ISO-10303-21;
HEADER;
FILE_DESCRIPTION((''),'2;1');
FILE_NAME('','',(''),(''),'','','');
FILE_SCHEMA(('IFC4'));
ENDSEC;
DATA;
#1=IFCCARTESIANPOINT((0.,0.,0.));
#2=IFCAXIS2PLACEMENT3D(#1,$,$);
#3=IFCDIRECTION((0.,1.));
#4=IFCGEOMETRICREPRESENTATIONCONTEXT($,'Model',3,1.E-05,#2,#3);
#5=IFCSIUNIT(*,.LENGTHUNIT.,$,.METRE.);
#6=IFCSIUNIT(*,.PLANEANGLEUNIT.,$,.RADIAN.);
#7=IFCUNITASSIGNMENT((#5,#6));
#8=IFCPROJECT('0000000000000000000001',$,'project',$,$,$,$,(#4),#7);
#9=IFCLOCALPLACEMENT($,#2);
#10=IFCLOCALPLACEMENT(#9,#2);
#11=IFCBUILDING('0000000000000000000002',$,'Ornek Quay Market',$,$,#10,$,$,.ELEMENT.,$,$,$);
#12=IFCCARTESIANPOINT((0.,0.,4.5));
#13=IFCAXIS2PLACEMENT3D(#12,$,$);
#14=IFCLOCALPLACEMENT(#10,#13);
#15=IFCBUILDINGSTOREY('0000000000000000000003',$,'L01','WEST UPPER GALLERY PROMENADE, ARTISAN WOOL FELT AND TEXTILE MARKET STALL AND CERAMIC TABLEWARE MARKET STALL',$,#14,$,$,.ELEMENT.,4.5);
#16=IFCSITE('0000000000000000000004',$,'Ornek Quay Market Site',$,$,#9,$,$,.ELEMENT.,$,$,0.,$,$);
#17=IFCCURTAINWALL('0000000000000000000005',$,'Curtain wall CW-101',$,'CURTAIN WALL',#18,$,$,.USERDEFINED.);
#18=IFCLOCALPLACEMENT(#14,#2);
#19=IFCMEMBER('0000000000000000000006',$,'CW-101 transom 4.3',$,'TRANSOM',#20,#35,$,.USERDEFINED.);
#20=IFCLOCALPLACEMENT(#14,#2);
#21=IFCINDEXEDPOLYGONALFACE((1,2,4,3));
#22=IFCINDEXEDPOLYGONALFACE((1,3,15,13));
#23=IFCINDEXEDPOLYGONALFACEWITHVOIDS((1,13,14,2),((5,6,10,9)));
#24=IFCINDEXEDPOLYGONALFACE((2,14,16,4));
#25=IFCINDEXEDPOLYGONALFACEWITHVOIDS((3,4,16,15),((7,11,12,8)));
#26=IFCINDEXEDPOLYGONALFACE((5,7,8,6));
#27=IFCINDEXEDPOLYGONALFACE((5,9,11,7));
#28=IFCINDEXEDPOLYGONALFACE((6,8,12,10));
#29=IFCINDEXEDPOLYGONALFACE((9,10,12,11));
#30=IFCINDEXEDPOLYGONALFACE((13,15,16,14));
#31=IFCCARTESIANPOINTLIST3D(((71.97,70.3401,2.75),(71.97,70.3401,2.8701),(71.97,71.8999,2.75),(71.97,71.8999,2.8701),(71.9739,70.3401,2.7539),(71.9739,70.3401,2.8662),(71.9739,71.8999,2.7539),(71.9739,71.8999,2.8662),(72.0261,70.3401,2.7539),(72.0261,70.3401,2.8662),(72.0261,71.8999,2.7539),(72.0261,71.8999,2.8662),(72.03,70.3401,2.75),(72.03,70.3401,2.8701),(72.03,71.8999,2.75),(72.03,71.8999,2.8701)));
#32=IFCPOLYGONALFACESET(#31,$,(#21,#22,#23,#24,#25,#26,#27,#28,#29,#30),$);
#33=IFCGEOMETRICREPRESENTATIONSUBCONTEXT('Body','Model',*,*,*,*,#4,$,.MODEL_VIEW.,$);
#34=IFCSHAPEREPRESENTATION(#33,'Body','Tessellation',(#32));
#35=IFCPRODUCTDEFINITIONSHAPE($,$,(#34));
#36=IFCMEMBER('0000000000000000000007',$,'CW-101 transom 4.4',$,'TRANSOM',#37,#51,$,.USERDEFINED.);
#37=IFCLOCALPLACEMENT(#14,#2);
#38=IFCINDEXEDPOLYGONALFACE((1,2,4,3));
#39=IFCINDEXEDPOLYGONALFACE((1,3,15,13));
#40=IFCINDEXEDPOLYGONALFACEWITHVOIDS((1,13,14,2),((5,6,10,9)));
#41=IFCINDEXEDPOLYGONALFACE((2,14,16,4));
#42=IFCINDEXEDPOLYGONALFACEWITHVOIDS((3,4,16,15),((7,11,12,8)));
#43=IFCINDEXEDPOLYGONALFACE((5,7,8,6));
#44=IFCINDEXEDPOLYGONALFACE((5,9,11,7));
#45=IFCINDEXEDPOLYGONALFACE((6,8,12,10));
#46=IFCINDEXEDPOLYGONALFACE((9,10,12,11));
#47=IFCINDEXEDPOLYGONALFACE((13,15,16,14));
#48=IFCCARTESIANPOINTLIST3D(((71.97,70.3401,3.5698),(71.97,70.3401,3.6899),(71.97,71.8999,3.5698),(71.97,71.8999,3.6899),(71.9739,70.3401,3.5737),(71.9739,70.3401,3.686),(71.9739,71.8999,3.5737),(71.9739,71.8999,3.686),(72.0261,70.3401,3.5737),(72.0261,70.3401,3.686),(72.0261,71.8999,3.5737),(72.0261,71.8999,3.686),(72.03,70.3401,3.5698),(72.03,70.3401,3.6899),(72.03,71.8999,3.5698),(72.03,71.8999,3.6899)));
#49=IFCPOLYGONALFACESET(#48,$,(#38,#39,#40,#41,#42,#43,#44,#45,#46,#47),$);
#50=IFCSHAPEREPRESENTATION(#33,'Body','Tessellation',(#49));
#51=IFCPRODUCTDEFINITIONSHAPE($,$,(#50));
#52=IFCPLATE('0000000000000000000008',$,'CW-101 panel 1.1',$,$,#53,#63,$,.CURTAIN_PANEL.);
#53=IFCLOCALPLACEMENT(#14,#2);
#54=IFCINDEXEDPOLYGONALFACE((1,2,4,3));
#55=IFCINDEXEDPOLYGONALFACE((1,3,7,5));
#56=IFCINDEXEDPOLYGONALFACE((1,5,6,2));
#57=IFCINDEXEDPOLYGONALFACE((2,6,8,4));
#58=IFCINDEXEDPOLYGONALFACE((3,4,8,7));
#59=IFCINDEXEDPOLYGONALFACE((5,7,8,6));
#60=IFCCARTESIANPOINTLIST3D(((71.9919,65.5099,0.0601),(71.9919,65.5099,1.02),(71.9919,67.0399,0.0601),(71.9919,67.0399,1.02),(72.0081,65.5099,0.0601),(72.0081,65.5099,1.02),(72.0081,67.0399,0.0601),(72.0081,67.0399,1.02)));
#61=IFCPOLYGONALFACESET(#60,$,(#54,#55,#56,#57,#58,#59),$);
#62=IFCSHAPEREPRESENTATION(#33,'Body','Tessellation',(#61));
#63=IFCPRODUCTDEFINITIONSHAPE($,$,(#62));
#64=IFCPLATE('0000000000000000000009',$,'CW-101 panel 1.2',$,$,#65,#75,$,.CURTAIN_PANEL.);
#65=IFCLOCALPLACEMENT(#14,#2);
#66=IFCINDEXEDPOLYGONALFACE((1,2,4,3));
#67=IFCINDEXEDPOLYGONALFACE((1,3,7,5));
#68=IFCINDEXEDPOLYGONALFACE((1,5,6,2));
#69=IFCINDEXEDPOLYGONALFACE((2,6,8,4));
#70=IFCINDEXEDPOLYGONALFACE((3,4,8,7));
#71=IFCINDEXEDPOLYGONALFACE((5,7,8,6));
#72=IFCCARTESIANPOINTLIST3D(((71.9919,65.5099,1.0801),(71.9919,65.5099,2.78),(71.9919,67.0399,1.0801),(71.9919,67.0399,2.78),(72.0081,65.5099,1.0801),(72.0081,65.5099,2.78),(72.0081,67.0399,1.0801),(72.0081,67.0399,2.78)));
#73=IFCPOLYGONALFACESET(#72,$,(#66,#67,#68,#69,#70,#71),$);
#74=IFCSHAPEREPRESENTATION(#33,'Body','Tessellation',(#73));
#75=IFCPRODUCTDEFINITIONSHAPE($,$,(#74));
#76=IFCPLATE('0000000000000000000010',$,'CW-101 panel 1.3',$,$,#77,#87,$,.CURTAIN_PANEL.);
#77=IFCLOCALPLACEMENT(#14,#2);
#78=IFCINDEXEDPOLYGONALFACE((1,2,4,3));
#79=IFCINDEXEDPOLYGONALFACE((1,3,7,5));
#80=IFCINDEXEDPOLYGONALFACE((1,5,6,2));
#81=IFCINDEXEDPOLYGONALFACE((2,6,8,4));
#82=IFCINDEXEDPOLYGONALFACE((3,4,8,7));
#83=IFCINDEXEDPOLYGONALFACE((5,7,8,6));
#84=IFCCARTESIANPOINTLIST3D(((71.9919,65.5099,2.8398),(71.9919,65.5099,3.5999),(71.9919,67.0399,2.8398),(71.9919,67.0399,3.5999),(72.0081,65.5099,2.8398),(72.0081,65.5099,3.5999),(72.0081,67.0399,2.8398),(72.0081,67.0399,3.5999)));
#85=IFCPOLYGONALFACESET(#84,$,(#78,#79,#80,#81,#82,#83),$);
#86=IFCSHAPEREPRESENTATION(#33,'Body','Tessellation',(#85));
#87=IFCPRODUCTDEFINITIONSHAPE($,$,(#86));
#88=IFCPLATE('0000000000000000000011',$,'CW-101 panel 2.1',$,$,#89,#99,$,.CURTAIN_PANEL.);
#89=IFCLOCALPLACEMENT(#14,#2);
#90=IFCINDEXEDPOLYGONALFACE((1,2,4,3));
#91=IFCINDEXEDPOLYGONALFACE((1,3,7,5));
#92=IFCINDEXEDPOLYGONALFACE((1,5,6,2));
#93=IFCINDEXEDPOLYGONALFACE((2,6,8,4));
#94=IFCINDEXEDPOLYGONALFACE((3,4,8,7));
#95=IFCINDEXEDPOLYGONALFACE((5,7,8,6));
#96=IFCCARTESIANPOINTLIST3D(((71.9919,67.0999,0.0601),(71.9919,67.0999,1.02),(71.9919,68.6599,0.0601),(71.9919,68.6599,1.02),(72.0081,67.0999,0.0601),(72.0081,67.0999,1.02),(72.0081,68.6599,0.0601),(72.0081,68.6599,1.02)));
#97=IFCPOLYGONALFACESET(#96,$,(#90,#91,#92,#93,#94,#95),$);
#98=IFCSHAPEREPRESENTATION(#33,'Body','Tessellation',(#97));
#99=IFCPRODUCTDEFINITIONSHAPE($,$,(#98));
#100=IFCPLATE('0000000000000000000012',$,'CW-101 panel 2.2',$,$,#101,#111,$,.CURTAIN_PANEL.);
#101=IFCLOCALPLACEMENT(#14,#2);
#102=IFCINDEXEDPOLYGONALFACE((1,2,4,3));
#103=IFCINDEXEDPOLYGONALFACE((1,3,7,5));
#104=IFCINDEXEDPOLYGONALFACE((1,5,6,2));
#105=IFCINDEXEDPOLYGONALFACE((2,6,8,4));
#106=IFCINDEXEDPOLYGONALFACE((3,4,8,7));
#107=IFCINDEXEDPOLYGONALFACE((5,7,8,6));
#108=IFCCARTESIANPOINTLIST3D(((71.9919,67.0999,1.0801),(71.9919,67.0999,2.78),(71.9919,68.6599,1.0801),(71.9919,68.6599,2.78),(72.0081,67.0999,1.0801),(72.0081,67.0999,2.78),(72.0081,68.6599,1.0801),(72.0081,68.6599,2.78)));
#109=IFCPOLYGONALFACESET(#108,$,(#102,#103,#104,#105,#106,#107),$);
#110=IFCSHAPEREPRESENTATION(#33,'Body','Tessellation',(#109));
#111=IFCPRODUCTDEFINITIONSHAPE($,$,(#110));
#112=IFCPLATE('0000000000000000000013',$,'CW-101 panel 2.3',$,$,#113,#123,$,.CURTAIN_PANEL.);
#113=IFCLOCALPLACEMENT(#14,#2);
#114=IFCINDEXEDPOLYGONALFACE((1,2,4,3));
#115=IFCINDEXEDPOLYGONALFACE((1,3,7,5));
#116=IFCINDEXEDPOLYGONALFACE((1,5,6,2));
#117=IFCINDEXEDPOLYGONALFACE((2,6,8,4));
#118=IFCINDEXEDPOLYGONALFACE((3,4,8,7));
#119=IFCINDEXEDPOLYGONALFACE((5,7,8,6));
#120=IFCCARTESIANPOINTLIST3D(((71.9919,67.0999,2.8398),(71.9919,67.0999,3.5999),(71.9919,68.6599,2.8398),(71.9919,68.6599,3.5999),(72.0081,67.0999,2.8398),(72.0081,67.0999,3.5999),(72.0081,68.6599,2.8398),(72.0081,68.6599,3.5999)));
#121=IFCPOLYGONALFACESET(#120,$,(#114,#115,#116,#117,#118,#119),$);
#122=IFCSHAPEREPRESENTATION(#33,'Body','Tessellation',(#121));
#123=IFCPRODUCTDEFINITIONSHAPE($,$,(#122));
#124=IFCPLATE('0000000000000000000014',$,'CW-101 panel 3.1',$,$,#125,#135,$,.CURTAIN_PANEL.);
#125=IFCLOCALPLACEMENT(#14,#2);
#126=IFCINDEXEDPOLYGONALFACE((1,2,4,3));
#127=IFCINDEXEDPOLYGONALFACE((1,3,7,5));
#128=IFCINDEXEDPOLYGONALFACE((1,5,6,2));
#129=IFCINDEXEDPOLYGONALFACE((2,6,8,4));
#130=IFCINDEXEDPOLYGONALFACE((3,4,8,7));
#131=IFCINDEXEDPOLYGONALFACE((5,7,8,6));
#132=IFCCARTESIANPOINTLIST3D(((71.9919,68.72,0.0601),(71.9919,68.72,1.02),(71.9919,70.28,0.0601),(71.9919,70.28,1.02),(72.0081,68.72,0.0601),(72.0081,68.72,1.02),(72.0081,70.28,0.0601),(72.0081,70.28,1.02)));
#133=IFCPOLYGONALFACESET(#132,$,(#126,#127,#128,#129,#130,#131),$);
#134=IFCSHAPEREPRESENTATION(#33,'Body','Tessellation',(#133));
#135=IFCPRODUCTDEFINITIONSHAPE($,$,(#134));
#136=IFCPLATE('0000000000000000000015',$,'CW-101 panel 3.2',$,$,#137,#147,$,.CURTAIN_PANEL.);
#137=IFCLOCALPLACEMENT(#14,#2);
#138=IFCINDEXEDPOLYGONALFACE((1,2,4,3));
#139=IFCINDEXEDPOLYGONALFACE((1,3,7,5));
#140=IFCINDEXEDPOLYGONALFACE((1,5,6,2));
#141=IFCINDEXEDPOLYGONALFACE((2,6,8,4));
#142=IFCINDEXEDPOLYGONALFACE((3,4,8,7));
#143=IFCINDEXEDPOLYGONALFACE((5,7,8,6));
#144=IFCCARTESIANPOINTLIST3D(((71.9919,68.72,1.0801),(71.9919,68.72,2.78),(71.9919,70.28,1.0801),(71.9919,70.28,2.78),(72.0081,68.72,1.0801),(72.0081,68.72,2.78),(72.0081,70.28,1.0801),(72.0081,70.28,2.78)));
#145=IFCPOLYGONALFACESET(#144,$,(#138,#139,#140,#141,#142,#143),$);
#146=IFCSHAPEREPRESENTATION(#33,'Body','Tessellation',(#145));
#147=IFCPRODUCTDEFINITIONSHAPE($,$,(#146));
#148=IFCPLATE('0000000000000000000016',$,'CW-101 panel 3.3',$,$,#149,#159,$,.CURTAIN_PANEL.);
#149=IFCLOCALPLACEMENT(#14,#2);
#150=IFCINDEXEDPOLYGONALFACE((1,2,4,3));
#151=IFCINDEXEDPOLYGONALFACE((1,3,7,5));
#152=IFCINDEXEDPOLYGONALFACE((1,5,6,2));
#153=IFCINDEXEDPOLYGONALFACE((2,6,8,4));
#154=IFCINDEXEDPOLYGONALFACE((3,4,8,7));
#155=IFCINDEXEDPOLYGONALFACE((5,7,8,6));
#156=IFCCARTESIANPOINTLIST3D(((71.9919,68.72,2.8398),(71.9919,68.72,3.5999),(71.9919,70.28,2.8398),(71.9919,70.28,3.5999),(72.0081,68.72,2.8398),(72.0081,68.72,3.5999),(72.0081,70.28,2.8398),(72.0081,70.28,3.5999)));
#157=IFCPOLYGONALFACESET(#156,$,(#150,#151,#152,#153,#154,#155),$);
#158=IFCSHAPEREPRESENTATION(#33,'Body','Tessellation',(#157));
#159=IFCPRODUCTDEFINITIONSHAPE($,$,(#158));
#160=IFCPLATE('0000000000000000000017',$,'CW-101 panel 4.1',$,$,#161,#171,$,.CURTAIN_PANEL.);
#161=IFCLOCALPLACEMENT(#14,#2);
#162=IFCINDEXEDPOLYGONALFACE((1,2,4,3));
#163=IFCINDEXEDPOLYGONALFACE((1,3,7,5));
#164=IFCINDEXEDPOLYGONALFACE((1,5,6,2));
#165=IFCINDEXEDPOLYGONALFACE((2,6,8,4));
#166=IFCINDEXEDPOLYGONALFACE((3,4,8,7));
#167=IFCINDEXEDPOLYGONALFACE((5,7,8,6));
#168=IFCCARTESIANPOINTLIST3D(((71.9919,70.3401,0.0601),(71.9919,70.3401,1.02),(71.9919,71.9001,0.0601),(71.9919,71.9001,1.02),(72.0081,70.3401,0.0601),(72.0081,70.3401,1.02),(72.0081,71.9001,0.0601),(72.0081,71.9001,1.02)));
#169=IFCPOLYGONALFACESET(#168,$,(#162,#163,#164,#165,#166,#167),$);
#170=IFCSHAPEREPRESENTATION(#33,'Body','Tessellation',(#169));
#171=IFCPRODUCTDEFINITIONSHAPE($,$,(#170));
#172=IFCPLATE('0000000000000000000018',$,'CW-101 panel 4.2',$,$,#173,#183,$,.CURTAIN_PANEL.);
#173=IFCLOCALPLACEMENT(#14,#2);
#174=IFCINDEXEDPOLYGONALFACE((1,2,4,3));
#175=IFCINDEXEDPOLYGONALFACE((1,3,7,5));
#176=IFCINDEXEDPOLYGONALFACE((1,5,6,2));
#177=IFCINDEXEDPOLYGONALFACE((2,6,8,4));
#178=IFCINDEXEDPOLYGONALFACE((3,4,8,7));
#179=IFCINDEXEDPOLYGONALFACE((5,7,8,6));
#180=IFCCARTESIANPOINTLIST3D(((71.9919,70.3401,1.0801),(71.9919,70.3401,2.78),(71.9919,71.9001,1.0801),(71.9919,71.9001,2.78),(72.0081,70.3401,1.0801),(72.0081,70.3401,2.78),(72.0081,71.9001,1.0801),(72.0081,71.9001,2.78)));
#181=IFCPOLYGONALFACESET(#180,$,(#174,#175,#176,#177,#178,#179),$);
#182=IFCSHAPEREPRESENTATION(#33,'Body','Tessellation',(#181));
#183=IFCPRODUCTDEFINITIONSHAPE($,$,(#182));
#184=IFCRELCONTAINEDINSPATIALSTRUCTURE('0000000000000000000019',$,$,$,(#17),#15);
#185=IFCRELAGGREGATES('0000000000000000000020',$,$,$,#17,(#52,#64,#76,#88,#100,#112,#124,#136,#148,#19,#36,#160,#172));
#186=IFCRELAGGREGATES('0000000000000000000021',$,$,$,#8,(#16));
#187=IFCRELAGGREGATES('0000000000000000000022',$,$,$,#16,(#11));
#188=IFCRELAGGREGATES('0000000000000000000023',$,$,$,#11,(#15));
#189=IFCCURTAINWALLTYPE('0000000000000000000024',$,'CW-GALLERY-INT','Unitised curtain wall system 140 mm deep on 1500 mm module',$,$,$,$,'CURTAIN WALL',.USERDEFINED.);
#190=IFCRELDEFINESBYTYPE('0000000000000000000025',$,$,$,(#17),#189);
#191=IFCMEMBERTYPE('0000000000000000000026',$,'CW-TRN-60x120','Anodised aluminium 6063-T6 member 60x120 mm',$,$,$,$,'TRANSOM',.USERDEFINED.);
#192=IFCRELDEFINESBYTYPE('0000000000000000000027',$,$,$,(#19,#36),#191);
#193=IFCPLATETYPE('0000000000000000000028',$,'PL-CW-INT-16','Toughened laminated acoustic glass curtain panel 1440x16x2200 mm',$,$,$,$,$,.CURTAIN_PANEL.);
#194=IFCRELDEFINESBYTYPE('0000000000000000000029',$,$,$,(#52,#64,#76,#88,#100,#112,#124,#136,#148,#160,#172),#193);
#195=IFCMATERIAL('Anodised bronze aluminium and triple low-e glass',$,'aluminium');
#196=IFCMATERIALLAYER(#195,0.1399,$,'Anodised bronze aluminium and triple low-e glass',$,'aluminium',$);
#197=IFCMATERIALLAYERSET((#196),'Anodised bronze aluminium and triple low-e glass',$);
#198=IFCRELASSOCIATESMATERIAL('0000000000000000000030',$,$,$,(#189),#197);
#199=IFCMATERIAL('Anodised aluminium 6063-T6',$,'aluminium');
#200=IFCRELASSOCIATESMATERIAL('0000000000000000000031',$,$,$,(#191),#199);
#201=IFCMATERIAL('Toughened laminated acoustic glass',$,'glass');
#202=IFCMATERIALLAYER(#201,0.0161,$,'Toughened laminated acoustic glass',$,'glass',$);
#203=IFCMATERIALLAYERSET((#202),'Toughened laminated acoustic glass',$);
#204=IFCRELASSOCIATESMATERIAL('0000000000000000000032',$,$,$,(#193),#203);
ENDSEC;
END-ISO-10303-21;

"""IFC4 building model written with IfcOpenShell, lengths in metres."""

from ifc_helpers import new_model, si_unit, direction, frame, origin, origin_2d, place, context, subcontext, project, spatial, rectangle, hollow_rectangle, extrude, material, layer, layer_set, material_profile, profile_set, type_object, element, aggregate, save


model = new_model("IFC4")

# Units and contexts
model_context = context("Model", 3, precision=1e-05, world=origin(), true_north=direction((0.0, 1.0)))
body_context = subcontext(model_context, "Body", "Model", "MODEL_VIEW")
ifc_project = project(units=[si_unit("LENGTHUNIT", "METRE"), si_unit("PLANEANGLEUNIT", "RADIAN")], contexts=[model_context])

# Site, building, storey
site_placement = place(None, origin())
site = spatial("IfcSite", under=ifc_project, at=site_placement, Name="Ornek Quay Market Site", CompositionType="ELEMENT", RefElevation=0.0)
building_placement = place(site_placement, origin())
building = spatial("IfcBuilding", under=site, at=building_placement, Name="Ornek Quay Market", CompositionType="ELEMENT")
storey_placement = place(building_placement, frame((0.0, 0.0, 4.5)))
storey = spatial("IfcBuildingStorey", under=building, at=storey_placement, Name="L01", Description="WEST UPPER GALLERY PROMENADE, ARTISAN WOOL FELT AND TEXTILE MARKET STALL AND CERAMIC TABLEWARE MARKET STALL", CompositionType="ELEMENT", Elevation=4.5)

# Curtain wall, members, plates
ifc_material_1 = material(Name="Anodised bronze aluminium and triple low-e glass", Category="aluminium")
ifc_layer_1 = layer(ifc_material_1, 0.1399, Name="Anodised bronze aluminium and triple low-e glass", Category="aluminium")
ifc_layer_set_1 = layer_set([ifc_layer_1], Name="Anodised bronze aluminium and triple low-e glass")
curtain_wall_type = type_object("IfcCurtainWallType", Name="CW-GALLERY-INT", Description="Unitised curtain wall system 140 mm deep on 1500 mm module", ElementType="CURTAIN WALL", PredefinedType="USERDEFINED", material=ifc_layer_set_1)
curtain_wall_placement = place(storey_placement, origin())
curtain_wall = element("IfcCurtainWall", 1, at=curtain_wall_placement, inside=storey, type_object=curtain_wall_type, Name="Curtain wall CW-101", ObjectType="CURTAIN WALL", PredefinedType="USERDEFINED")
ifc_material_2 = material(Name="Anodised aluminium 6063-T6", Category="aluminium")
ifc_material_profile_1 = material_profile(ifc_material_2, hollow_rectangle(XDim=0.0601, YDim=0.1201, WallThickness=0.0039, at=origin_2d()), Name="CW-TRN-60x120", Category="aluminium")
ifc_profile_set_1 = profile_set([ifc_material_profile_1], Name="Anodised aluminium 6063-T6")
member_type_1 = type_object("IfcMemberType", Name="CW-TRN-60x120", Description="Anodised aluminium 6063-T6 member 60x120 mm", ElementType="TRANSOM", PredefinedType="USERDEFINED", material=ifc_profile_set_1)
member_1_placement = place(storey_placement, frame((72.0, 70.3401, 2.8101), z_axis=(0.0, 1.0, 0.0), x_axis=(-1.0, 0.0, 0.0)))
member_1 = element("IfcMember", 2, at=member_1_placement, type_object=member_type_1, Name="CW-101 transom 4.3", ObjectType="TRANSOM", PredefinedType="USERDEFINED", context=body_context, shape_type="SweptSolid", body=[
    extrude(hollow_rectangle(XDim=0.0601, YDim=0.1201, WallThickness=0.0039, at=origin_2d()), origin(), (0.0, 0.0, 1.0), 1.5598),
])
member_2_placement = place(storey_placement, frame((72.0, 70.3401, 3.6299), z_axis=(0.0, 1.0, 0.0), x_axis=(-1.0, 0.0, 0.0)))
member_2 = element("IfcMember", 3, at=member_2_placement, type_object=member_type_1, Name="CW-101 transom 4.4", ObjectType="TRANSOM", PredefinedType="USERDEFINED", context=body_context, shape_type="SweptSolid", body=[
    extrude(hollow_rectangle(XDim=0.0601, YDim=0.1201, WallThickness=0.0039, at=origin_2d()), origin(), (0.0, 0.0, 1.0), 1.5598),
])
ifc_material_3 = material(Name="Toughened laminated acoustic glass", Category="glass")
ifc_layer_2 = layer(ifc_material_3, 0.0161, Name="Toughened laminated acoustic glass", Category="glass")
ifc_layer_set_2 = layer_set([ifc_layer_2], Name="Toughened laminated acoustic glass")
plate_type = type_object("IfcPlateType", Name="PL-CW-INT-16", Description="Toughened laminated acoustic glass curtain panel 1440x16x2200 mm", PredefinedType="CURTAIN_PANEL", material=ifc_layer_set_2)
plate_1_placement = place(storey_placement, frame((72.0, 66.2749, 0.0601), z_axis=(0.0, 0.0, 1.0), x_axis=(0.0, 1.0, 0.0)))
plate_1 = element("IfcPlate", 4, at=plate_1_placement, type_object=plate_type, Name="CW-101 panel 1.1", PredefinedType="CURTAIN_PANEL", context=body_context, shape_type="SweptSolid", body=[
    extrude(rectangle(XDim=1.53, YDim=0.0161, at=origin_2d()), origin(), (0.0, 0.0, 1.0), 0.96),
])
plate_2_placement = place(storey_placement, frame((72.0, 66.2749, 1.0801), z_axis=(0.0, 0.0, 1.0), x_axis=(0.0, 1.0, 0.0)))
plate_2 = element("IfcPlate", 5, at=plate_2_placement, type_object=plate_type, Name="CW-101 panel 1.2", PredefinedType="CURTAIN_PANEL", context=body_context, shape_type="SweptSolid", body=[
    extrude(rectangle(XDim=1.53, YDim=0.0161, at=origin_2d()), origin(), (0.0, 0.0, 1.0), 1.7),
])
plate_3_placement = place(storey_placement, frame((72.0, 66.2749, 2.8398), z_axis=(0.0, 0.0, 1.0), x_axis=(0.0, 1.0, 0.0)))
plate_3 = element("IfcPlate", 6, at=plate_3_placement, type_object=plate_type, Name="CW-101 panel 1.3", PredefinedType="CURTAIN_PANEL", context=body_context, shape_type="SweptSolid", body=[
    extrude(rectangle(XDim=1.53, YDim=0.0161, at=origin_2d()), origin(), (0.0, 0.0, 1.0), 0.76),
])
plate_4_placement = place(storey_placement, frame((72.0, 67.8799, 0.0601), z_axis=(0.0, 0.0, 1.0), x_axis=(0.0, 1.0, 0.0)))
plate_4 = element("IfcPlate", 7, at=plate_4_placement, type_object=plate_type, Name="CW-101 panel 2.1", PredefinedType="CURTAIN_PANEL", context=body_context, shape_type="SweptSolid", body=[
    extrude(rectangle(XDim=1.5601, YDim=0.0161, at=origin_2d()), origin(), (0.0, 0.0, 1.0), 0.96),
])
plate_5_placement = place(storey_placement, frame((72.0, 67.8799, 1.0801), z_axis=(0.0, 0.0, 1.0), x_axis=(0.0, 1.0, 0.0)))
plate_5 = element("IfcPlate", 8, at=plate_5_placement, type_object=plate_type, Name="CW-101 panel 2.2", PredefinedType="CURTAIN_PANEL", context=body_context, shape_type="SweptSolid", body=[
    extrude(rectangle(XDim=1.5601, YDim=0.0161, at=origin_2d()), origin(), (0.0, 0.0, 1.0), 1.7),
])
plate_6_placement = place(storey_placement, frame((72.0, 67.8799, 2.8398), z_axis=(0.0, 0.0, 1.0), x_axis=(0.0, 1.0, 0.0)))
plate_6 = element("IfcPlate", 9, at=plate_6_placement, type_object=plate_type, Name="CW-101 panel 2.3", PredefinedType="CURTAIN_PANEL", context=body_context, shape_type="SweptSolid", body=[
    extrude(rectangle(XDim=1.5601, YDim=0.0161, at=origin_2d()), origin(), (0.0, 0.0, 1.0), 0.76),
])
plate_7_placement = place(storey_placement, frame((72.0, 69.5, 0.0601), z_axis=(0.0, 0.0, 1.0), x_axis=(0.0, 1.0, 0.0)))
plate_7 = element("IfcPlate", 10, at=plate_7_placement, type_object=plate_type, Name="CW-101 panel 3.1", PredefinedType="CURTAIN_PANEL", context=body_context, shape_type="SweptSolid", body=[
    extrude(rectangle(XDim=1.5601, YDim=0.0161, at=origin_2d()), origin(), (0.0, 0.0, 1.0), 0.96),
])
plate_8_placement = place(storey_placement, frame((72.0, 69.5, 1.0801), z_axis=(0.0, 0.0, 1.0), x_axis=(0.0, 1.0, 0.0)))
plate_8 = element("IfcPlate", 11, at=plate_8_placement, type_object=plate_type, Name="CW-101 panel 3.2", PredefinedType="CURTAIN_PANEL", context=body_context, shape_type="SweptSolid", body=[
    extrude(rectangle(XDim=1.5601, YDim=0.0161, at=origin_2d()), origin(), (0.0, 0.0, 1.0), 1.7),
])
plate_9_placement = place(storey_placement, frame((72.0, 69.5, 2.8398), z_axis=(0.0, 0.0, 1.0), x_axis=(0.0, 1.0, 0.0)))
plate_9 = element("IfcPlate", 12, at=plate_9_placement, type_object=plate_type, Name="CW-101 panel 3.3", PredefinedType="CURTAIN_PANEL", context=body_context, shape_type="SweptSolid", body=[
    extrude(rectangle(XDim=1.5601, YDim=0.0161, at=origin_2d()), origin(), (0.0, 0.0, 1.0), 0.76),
])
plate_10_placement = place(storey_placement, frame((72.0, 71.1201, 0.0601), z_axis=(0.0, 0.0, 1.0), x_axis=(0.0, 1.0, 0.0)))
plate_10 = element("IfcPlate", 13, at=plate_10_placement, type_object=plate_type, Name="CW-101 panel 4.1", PredefinedType="CURTAIN_PANEL", context=body_context, shape_type="SweptSolid", body=[
    extrude(rectangle(XDim=1.5601, YDim=0.0161, at=origin_2d()), origin(), (0.0, 0.0, 1.0), 0.96),
])
plate_11_placement = place(storey_placement, frame((72.0, 71.1201, 1.0801), z_axis=(0.0, 0.0, 1.0), x_axis=(0.0, 1.0, 0.0)))
plate_11 = element("IfcPlate", 14, at=plate_11_placement, type_object=plate_type, Name="CW-101 panel 4.2", PredefinedType="CURTAIN_PANEL", context=body_context, shape_type="SweptSolid", body=[
    extrude(rectangle(XDim=1.5601, YDim=0.0161, at=origin_2d()), origin(), (0.0, 0.0, 1.0), 1.7),
])
aggregate(curtain_wall, [plate_1, plate_2, plate_3, plate_4, plate_5, plate_6, plate_7, plate_8, plate_9, member_1, member_2, plate_10, plate_11])

save(model, "model.ifc")
